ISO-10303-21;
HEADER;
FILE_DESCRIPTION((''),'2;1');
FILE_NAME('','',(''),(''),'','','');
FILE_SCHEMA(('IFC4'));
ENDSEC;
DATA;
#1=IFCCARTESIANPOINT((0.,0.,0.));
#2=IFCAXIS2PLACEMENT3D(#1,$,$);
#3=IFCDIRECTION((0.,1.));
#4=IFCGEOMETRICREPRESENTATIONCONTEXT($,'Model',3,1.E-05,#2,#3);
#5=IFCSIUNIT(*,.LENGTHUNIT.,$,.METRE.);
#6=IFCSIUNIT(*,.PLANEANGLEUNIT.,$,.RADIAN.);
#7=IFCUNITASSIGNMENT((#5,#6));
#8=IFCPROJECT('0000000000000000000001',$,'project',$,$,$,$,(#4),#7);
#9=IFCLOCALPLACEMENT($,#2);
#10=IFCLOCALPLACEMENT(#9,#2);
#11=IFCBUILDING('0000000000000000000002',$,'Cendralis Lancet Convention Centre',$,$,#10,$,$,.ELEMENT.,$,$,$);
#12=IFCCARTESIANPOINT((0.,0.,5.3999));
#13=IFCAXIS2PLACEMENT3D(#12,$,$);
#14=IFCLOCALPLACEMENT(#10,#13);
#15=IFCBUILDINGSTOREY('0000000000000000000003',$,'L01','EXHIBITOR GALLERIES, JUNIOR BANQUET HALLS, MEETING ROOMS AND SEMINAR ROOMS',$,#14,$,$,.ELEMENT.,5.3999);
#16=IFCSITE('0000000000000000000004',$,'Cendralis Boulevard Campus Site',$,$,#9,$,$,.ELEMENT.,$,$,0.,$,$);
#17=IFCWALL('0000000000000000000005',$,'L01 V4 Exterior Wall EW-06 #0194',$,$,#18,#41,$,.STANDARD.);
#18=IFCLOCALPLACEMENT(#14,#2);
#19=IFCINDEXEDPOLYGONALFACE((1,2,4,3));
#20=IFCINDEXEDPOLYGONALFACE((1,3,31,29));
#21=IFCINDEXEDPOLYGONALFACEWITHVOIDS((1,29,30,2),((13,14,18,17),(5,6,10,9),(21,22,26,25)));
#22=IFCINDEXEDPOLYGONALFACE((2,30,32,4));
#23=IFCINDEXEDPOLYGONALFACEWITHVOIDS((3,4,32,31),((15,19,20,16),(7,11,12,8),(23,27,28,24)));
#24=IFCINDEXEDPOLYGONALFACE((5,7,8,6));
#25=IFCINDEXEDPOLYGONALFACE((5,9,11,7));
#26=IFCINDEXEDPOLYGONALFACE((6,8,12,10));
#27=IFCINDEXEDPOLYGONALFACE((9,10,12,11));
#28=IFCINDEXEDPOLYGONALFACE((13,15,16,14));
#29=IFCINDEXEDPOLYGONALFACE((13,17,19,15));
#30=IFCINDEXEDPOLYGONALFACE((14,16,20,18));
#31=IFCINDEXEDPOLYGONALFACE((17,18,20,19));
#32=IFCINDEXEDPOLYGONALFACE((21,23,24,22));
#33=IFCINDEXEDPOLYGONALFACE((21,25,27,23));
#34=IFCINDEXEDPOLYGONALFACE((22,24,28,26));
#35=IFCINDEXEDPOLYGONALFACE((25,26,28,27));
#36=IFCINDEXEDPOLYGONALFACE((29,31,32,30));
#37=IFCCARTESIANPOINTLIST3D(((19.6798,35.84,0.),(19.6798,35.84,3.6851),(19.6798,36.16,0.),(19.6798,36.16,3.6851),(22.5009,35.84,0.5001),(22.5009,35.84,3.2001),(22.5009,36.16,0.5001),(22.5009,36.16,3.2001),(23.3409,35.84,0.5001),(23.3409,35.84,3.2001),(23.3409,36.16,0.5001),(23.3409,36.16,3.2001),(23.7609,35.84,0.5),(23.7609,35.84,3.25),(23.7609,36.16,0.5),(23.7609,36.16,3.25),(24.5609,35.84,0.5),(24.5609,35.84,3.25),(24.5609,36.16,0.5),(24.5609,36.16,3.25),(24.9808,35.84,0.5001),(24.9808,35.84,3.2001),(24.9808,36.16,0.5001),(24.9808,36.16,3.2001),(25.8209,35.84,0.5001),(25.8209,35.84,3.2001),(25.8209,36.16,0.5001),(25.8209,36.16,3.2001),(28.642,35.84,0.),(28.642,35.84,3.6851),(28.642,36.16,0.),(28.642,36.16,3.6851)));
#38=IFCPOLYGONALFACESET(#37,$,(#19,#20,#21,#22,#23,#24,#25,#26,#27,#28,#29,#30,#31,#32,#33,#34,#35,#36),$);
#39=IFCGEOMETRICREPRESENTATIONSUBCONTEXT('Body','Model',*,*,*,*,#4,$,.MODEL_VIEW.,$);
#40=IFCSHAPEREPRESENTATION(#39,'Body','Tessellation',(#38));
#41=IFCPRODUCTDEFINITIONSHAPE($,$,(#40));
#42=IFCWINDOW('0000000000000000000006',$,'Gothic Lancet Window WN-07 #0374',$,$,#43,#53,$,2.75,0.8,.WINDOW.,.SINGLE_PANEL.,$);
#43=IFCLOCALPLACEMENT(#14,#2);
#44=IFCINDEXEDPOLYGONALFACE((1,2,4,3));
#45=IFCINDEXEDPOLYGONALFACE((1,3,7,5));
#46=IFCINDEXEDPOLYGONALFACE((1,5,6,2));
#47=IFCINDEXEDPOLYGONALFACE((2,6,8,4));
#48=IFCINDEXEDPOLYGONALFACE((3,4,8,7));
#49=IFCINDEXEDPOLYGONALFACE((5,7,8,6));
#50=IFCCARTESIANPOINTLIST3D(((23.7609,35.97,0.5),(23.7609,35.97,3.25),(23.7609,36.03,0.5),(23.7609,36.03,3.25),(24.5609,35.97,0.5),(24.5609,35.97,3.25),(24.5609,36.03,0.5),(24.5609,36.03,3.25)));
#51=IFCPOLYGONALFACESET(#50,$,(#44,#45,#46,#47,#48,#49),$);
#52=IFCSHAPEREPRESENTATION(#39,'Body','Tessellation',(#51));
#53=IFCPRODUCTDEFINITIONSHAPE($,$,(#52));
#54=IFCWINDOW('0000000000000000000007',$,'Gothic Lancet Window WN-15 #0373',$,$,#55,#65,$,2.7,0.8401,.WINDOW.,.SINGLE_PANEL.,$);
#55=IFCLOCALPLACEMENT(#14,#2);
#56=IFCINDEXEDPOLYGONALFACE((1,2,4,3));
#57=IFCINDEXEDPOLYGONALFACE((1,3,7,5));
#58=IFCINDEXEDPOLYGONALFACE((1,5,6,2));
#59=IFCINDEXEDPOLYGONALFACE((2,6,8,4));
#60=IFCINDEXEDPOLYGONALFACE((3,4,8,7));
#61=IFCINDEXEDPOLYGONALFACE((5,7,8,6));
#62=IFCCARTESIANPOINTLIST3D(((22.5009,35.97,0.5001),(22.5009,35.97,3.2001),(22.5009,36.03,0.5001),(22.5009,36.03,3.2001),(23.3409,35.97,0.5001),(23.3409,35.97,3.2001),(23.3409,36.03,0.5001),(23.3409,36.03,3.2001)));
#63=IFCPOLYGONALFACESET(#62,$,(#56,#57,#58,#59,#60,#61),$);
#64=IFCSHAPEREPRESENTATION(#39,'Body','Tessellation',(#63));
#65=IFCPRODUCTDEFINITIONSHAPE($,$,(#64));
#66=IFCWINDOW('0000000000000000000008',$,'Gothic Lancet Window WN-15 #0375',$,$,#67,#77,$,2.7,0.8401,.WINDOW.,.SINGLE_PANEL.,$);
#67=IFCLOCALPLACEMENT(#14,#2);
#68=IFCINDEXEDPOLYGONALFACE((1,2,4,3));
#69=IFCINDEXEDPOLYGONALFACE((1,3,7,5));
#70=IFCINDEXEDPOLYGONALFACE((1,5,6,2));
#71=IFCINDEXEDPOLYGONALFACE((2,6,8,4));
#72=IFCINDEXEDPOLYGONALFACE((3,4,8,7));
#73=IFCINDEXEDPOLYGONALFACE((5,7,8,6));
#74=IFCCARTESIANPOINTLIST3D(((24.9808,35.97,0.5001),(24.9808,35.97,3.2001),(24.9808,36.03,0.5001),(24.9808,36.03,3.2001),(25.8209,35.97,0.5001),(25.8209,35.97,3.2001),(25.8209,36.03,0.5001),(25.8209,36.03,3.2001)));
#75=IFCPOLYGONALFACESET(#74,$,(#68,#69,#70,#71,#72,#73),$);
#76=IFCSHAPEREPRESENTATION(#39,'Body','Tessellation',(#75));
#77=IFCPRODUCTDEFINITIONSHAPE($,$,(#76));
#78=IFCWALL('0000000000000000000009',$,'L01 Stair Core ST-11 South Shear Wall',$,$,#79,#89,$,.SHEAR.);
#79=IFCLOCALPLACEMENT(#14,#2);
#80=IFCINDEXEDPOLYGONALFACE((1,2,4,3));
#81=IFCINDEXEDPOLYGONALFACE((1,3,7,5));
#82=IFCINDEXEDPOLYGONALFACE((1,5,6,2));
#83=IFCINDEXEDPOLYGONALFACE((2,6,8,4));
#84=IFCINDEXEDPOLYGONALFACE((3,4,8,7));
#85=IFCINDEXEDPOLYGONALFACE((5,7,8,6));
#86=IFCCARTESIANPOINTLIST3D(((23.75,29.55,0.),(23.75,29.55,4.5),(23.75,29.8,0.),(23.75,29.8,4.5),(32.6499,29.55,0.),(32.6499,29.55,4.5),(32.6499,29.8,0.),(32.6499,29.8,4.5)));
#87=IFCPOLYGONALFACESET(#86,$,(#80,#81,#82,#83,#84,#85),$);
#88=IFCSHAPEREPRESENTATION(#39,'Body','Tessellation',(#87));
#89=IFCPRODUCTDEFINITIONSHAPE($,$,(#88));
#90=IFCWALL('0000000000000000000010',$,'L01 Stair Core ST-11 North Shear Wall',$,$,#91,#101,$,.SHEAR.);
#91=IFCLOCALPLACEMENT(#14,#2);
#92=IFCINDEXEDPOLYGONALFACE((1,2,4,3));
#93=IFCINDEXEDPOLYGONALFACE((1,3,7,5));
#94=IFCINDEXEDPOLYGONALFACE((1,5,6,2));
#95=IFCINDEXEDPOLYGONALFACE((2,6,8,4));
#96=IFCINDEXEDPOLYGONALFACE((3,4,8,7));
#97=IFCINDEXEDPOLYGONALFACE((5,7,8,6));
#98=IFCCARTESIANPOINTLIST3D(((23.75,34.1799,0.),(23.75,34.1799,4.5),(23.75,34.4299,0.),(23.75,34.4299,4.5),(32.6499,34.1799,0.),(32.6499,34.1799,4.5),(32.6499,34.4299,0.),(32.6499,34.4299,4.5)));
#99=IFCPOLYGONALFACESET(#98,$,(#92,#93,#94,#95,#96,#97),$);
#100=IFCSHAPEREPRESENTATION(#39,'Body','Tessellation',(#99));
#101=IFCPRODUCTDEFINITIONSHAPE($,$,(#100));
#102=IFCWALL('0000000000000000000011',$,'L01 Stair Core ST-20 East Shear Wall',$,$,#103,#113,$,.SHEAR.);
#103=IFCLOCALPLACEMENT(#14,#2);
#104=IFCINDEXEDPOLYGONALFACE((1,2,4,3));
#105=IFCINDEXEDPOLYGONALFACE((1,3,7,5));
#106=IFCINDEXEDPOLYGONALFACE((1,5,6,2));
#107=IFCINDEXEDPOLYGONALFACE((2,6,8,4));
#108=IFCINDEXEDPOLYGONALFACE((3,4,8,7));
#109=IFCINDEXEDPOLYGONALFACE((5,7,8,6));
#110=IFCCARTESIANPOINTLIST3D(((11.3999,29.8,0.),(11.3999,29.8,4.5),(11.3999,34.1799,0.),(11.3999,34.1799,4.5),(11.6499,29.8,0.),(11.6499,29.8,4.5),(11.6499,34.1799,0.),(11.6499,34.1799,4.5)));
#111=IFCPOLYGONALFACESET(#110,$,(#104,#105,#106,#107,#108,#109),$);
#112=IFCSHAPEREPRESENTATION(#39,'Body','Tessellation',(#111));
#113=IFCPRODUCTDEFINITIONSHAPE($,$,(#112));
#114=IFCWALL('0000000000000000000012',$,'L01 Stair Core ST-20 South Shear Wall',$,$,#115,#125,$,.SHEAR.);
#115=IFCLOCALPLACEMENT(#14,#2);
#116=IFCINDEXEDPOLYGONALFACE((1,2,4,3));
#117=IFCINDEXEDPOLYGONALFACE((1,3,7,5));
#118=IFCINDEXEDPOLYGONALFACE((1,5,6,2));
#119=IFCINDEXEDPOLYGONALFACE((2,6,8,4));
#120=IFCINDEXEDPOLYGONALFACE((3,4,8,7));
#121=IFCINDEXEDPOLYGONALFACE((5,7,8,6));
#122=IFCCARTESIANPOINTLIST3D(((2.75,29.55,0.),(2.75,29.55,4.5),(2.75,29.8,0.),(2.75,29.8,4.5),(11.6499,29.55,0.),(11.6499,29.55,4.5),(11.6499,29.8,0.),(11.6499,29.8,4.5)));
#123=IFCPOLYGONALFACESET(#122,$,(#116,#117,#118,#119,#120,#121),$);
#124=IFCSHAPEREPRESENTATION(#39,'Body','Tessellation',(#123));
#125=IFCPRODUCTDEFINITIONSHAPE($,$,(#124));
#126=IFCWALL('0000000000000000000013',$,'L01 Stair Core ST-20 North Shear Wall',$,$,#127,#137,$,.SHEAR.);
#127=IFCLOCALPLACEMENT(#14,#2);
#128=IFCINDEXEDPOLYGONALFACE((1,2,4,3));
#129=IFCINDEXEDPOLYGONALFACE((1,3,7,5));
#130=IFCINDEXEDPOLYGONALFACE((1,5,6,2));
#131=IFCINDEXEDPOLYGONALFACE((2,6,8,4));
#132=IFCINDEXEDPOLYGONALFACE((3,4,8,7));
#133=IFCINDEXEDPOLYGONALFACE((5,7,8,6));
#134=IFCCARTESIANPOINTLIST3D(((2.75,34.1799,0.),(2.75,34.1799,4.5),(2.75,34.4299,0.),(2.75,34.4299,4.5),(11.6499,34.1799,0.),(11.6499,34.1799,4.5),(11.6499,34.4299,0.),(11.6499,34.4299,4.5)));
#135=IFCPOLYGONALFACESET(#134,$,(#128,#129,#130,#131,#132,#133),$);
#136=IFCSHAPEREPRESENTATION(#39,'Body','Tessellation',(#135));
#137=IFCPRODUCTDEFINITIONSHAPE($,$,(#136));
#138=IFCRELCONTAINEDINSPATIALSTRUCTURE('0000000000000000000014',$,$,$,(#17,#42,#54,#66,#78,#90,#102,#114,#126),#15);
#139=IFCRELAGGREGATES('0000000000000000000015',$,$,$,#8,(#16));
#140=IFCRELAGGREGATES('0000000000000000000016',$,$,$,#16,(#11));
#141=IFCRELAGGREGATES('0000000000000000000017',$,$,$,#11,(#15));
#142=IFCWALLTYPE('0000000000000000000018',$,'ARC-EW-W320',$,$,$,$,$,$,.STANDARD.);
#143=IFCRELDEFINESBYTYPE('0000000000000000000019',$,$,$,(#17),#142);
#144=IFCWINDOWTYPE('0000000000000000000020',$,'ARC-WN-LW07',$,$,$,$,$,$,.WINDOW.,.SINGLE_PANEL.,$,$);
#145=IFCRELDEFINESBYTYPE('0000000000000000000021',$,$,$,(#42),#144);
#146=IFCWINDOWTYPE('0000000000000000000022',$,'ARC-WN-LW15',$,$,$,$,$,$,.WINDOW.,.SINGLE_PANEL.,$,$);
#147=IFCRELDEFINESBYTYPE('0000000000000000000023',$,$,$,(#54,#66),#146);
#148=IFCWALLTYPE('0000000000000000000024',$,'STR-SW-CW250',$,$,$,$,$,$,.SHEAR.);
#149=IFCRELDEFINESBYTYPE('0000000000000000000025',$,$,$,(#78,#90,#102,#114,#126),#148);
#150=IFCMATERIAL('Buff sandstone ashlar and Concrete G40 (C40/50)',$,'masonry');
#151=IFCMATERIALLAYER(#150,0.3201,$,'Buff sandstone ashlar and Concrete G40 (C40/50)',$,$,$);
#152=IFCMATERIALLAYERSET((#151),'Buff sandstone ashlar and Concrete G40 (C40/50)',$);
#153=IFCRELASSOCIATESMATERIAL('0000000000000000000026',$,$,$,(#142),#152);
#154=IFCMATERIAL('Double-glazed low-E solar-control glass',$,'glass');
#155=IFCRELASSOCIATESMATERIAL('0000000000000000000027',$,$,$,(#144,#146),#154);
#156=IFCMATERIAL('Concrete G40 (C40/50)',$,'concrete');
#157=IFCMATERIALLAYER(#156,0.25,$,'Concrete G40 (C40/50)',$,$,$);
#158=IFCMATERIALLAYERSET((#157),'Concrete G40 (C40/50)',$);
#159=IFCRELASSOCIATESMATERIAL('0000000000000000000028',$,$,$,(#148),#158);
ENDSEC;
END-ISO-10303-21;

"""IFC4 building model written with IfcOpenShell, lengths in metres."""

from ifc_helpers import new_model, si_unit, direction, frame, frame_2d, origin, place, context, subcontext, project, spatial, rectangle, extrude, material, layer, layer_set, type_object, element, fill, save


model = new_model("IFC4")

# Units and contexts
model_context = context("Model", 3, precision=1e-05, world=origin(), true_north=direction((0.0, 1.0)))
body_context = subcontext(model_context, "Body", "Model", "MODEL_VIEW")
ifc_project = project(units=[si_unit("LENGTHUNIT", "METRE"), si_unit("PLANEANGLEUNIT", "RADIAN")], contexts=[model_context])

# Site, building, storey
site_placement = place(None, origin())
site = spatial("IfcSite", under=ifc_project, at=site_placement, Name="Cendralis Boulevard Campus Site", CompositionType="ELEMENT", RefElevation=0.0)
building_placement = place(site_placement, origin())
building = spatial("IfcBuilding", under=site, at=building_placement, Name="Cendralis Lancet Convention Centre", CompositionType="ELEMENT")
storey_placement = place(building_placement, frame((0.0, 0.0, 5.3999)))
storey = spatial("IfcBuildingStorey", under=building, at=storey_placement, Name="L01", Description="EXHIBITOR GALLERIES, JUNIOR BANQUET HALLS, MEETING ROOMS AND SEMINAR ROOMS", CompositionType="ELEMENT", Elevation=5.3999)

# Shared definitions
ifc_material_1 = material(Name="Concrete G40 (C40/50)", Category="concrete")

# Shared definitions
ifc_material_2 = material(Name="Buff sandstone ashlar and Concrete G40 (C40/50)", Category="masonry")
ifc_layer_1 = layer(ifc_material_2, 0.3201, Name="Buff sandstone ashlar and Concrete G40 (C40/50)")
ifc_layer_set_1 = layer_set([ifc_layer_1], Name="Buff sandstone ashlar and Concrete G40 (C40/50)")
wall_type_1 = type_object("IfcWallType", Name="ARC-EW-W320", PredefinedType="STANDARD", material=ifc_layer_set_1)

# Wall, openings, windows
wall_1_placement = place(storey_placement, frame((19.6799, 36.0, 0.0), z_axis=(0.0, 0.0, 1.0), x_axis=(1.0, 0.0, 0.0)))
wall_1 = element("IfcWall", 1, at=wall_1_placement, inside=storey, type_object=wall_type_1, Name="L01 V4 Exterior Wall EW-06 #0194", PredefinedType="STANDARD", context=body_context, shape_type="SweptSolid", body=[
    extrude(rectangle(XDim=8.9622, YDim=0.3201, at=frame_2d((4.481, 0.0))), origin(), (0.0, 0.0, 1.0), 3.6851),
])
opening_1_placement = place(wall_1_placement, frame((2.821, 0.0, 0.5)))
opening_1 = element("IfcOpeningElement", 2, at=opening_1_placement, cuts=wall_1, PredefinedType="OPENING", context=body_context, shape_type="SweptSolid", body=[
    extrude(rectangle(XDim=0.8401, YDim=2.7, at=frame_2d((0.4199, 1.3501))), frame((0.0, 0.1699, 0.0), z_axis=(0.0, -1.0, 0.0), x_axis=(1.0, 0.0, 0.0)), (0.0, 0.0, 1.0), 0.3401),
])
opening_2_placement = place(wall_1_placement, frame((4.0811, 0.0, 0.5)))
opening_2 = element("IfcOpeningElement", 3, at=opening_2_placement, cuts=wall_1, PredefinedType="OPENING", context=body_context, shape_type="SweptSolid", body=[
    extrude(rectangle(XDim=0.8, YDim=2.75, at=frame_2d((0.3999, 1.375))), frame((0.0, 0.1699, 0.0), z_axis=(0.0, -1.0, 0.0), x_axis=(1.0, 0.0, 0.0)), (0.0, 0.0, 1.0), 0.3401),
])
opening_3_placement = place(wall_1_placement, frame((5.301, 0.0, 0.5)))
opening_3 = element("IfcOpeningElement", 4, at=opening_3_placement, cuts=wall_1, PredefinedType="OPENING", context=body_context, shape_type="SweptSolid", body=[
    extrude(rectangle(XDim=0.8401, YDim=2.7, at=frame_2d((0.4199, 1.3501))), frame((0.0, 0.1699, 0.0), z_axis=(0.0, -1.0, 0.0), x_axis=(1.0, 0.0, 0.0)), (0.0, 0.0, 1.0), 0.3401),
])
ifc_material_3 = material(Name="Double-glazed low-E solar-control glass", Category="glass")
window_type_1 = type_object("IfcWindowType", Name="ARC-WN-LW07", PartitioningType="SINGLE_PANEL", PredefinedType="WINDOW", material=ifc_material_3)
window_1_placement = place(opening_2_placement, origin())
window_1 = element("IfcWindow", 5, at=window_1_placement, inside=storey, type_object=window_type_1, Name="Gothic Lancet Window WN-07 #0374", OverallHeight=2.75, OverallWidth=0.8, PartitioningType="SINGLE_PANEL", PredefinedType="WINDOW", context=body_context, shape_type="SweptSolid", body=[
    extrude(rectangle(XDim=0.8, YDim=2.75, at=frame_2d((0.3999, 1.375))), frame((0.0, 0.03, 0.0), z_axis=(0.0, -1.0, 0.0), x_axis=(1.0, 0.0, 0.0)), (0.0, 0.0, 1.0), 0.0601),
])
fill(opening_2, window_1)
window_type_2 = type_object("IfcWindowType", Name="ARC-WN-LW15", PartitioningType="SINGLE_PANEL", PredefinedType="WINDOW", material=ifc_material_3)
window_2_placement = place(opening_1_placement, origin())
window_2 = element("IfcWindow", 6, at=window_2_placement, inside=storey, type_object=window_type_2, Name="Gothic Lancet Window WN-15 #0373", OverallHeight=2.7, OverallWidth=0.8401, PartitioningType="SINGLE_PANEL", PredefinedType="WINDOW", context=body_context, shape_type="SweptSolid", body=[
    extrude(rectangle(XDim=0.8401, YDim=2.7, at=frame_2d((0.4199, 1.3501))), frame((0.0, 0.03, 0.0), z_axis=(0.0, -1.0, 0.0), x_axis=(1.0, 0.0, 0.0)), (0.0, 0.0, 1.0), 0.0601),
])
fill(opening_1, window_2)
window_3_placement = place(opening_3_placement, origin())
window_3 = element("IfcWindow", 7, at=window_3_placement, inside=storey, type_object=window_type_2, Name="Gothic Lancet Window WN-15 #0375", OverallHeight=2.7, OverallWidth=0.8401, PartitioningType="SINGLE_PANEL", PredefinedType="WINDOW", context=body_context, shape_type="SweptSolid", body=[
    extrude(rectangle(XDim=0.8401, YDim=2.7, at=frame_2d((0.4199, 1.3501))), frame((0.0, 0.03, 0.0), z_axis=(0.0, -1.0, 0.0), x_axis=(1.0, 0.0, 0.0)), (0.0, 0.0, 1.0), 0.0601),
])
fill(opening_3, window_3)

# Shared definitions
ifc_layer_2 = layer(ifc_material_1, 0.25, Name="Concrete G40 (C40/50)")
ifc_layer_set_2 = layer_set([ifc_layer_2], Name="Concrete G40 (C40/50)")
wall_type_2 = type_object("IfcWallType", Name="STR-SW-CW250", PredefinedType="SHEAR", material=ifc_layer_set_2)

# Walls
for number, where, z_axis, x_axis, name in (
    (8, (23.75, 29.675, 0.0), (0.0, 0.0, 1.0), (1.0, 0.0, 0.0), "L01 Stair Core ST-11 South Shear Wall"),
    (9, (23.75, 34.3049, 0.0), (0.0, 0.0, 1.0), (1.0, 0.0, 0.0), "L01 Stair Core ST-11 North Shear Wall"),
):
    element("IfcWall", number, at=place(storey_placement, frame(where, z_axis=z_axis, x_axis=x_axis)), inside=storey, type_object=wall_type_2, Name=name, PredefinedType="SHEAR", context=body_context, shape_type="SweptSolid", body=[
        extrude(rectangle(XDim=8.8999, YDim=0.25, at=frame_2d((4.45, 0.0))), origin(), (0.0, 0.0, 1.0), 4.5),
    ])

# Walls
wall_2_placement = place(storey_placement, frame((11.5249, 29.8, 0.0), z_axis=(0.0, 0.0, 1.0), x_axis=(0.0, 1.0, 0.0)))
element("IfcWall", 10, at=wall_2_placement, inside=storey, type_object=wall_type_2, Name="L01 Stair Core ST-20 East Shear Wall", PredefinedType="SHEAR", context=body_context, shape_type="SweptSolid", body=[
    extrude(rectangle(XDim=4.3799, YDim=0.25, at=frame_2d((2.1899, 0.0))), origin(), (0.0, 0.0, 1.0), 4.5),
])
for number, where, z_axis, x_axis, name in (
    (11, (2.75, 29.675, 0.0), (0.0, 0.0, 1.0), (1.0, 0.0, 0.0), "L01 Stair Core ST-20 South Shear Wall"),
    (12, (2.75, 34.3049, 0.0), (0.0, 0.0, 1.0), (1.0, 0.0, 0.0), "L01 Stair Core ST-20 North Shear Wall"),
):
    element("IfcWall", number, at=place(storey_placement, frame(where, z_axis=z_axis, x_axis=x_axis)), inside=storey, type_object=wall_type_2, Name=name, PredefinedType="SHEAR", context=body_context, shape_type="SweptSolid", body=[
        extrude(rectangle(XDim=8.8999, YDim=0.25, at=frame_2d((4.45, 0.0))), origin(), (0.0, 0.0, 1.0), 4.5),
    ])

save(model, "model.ifc")
